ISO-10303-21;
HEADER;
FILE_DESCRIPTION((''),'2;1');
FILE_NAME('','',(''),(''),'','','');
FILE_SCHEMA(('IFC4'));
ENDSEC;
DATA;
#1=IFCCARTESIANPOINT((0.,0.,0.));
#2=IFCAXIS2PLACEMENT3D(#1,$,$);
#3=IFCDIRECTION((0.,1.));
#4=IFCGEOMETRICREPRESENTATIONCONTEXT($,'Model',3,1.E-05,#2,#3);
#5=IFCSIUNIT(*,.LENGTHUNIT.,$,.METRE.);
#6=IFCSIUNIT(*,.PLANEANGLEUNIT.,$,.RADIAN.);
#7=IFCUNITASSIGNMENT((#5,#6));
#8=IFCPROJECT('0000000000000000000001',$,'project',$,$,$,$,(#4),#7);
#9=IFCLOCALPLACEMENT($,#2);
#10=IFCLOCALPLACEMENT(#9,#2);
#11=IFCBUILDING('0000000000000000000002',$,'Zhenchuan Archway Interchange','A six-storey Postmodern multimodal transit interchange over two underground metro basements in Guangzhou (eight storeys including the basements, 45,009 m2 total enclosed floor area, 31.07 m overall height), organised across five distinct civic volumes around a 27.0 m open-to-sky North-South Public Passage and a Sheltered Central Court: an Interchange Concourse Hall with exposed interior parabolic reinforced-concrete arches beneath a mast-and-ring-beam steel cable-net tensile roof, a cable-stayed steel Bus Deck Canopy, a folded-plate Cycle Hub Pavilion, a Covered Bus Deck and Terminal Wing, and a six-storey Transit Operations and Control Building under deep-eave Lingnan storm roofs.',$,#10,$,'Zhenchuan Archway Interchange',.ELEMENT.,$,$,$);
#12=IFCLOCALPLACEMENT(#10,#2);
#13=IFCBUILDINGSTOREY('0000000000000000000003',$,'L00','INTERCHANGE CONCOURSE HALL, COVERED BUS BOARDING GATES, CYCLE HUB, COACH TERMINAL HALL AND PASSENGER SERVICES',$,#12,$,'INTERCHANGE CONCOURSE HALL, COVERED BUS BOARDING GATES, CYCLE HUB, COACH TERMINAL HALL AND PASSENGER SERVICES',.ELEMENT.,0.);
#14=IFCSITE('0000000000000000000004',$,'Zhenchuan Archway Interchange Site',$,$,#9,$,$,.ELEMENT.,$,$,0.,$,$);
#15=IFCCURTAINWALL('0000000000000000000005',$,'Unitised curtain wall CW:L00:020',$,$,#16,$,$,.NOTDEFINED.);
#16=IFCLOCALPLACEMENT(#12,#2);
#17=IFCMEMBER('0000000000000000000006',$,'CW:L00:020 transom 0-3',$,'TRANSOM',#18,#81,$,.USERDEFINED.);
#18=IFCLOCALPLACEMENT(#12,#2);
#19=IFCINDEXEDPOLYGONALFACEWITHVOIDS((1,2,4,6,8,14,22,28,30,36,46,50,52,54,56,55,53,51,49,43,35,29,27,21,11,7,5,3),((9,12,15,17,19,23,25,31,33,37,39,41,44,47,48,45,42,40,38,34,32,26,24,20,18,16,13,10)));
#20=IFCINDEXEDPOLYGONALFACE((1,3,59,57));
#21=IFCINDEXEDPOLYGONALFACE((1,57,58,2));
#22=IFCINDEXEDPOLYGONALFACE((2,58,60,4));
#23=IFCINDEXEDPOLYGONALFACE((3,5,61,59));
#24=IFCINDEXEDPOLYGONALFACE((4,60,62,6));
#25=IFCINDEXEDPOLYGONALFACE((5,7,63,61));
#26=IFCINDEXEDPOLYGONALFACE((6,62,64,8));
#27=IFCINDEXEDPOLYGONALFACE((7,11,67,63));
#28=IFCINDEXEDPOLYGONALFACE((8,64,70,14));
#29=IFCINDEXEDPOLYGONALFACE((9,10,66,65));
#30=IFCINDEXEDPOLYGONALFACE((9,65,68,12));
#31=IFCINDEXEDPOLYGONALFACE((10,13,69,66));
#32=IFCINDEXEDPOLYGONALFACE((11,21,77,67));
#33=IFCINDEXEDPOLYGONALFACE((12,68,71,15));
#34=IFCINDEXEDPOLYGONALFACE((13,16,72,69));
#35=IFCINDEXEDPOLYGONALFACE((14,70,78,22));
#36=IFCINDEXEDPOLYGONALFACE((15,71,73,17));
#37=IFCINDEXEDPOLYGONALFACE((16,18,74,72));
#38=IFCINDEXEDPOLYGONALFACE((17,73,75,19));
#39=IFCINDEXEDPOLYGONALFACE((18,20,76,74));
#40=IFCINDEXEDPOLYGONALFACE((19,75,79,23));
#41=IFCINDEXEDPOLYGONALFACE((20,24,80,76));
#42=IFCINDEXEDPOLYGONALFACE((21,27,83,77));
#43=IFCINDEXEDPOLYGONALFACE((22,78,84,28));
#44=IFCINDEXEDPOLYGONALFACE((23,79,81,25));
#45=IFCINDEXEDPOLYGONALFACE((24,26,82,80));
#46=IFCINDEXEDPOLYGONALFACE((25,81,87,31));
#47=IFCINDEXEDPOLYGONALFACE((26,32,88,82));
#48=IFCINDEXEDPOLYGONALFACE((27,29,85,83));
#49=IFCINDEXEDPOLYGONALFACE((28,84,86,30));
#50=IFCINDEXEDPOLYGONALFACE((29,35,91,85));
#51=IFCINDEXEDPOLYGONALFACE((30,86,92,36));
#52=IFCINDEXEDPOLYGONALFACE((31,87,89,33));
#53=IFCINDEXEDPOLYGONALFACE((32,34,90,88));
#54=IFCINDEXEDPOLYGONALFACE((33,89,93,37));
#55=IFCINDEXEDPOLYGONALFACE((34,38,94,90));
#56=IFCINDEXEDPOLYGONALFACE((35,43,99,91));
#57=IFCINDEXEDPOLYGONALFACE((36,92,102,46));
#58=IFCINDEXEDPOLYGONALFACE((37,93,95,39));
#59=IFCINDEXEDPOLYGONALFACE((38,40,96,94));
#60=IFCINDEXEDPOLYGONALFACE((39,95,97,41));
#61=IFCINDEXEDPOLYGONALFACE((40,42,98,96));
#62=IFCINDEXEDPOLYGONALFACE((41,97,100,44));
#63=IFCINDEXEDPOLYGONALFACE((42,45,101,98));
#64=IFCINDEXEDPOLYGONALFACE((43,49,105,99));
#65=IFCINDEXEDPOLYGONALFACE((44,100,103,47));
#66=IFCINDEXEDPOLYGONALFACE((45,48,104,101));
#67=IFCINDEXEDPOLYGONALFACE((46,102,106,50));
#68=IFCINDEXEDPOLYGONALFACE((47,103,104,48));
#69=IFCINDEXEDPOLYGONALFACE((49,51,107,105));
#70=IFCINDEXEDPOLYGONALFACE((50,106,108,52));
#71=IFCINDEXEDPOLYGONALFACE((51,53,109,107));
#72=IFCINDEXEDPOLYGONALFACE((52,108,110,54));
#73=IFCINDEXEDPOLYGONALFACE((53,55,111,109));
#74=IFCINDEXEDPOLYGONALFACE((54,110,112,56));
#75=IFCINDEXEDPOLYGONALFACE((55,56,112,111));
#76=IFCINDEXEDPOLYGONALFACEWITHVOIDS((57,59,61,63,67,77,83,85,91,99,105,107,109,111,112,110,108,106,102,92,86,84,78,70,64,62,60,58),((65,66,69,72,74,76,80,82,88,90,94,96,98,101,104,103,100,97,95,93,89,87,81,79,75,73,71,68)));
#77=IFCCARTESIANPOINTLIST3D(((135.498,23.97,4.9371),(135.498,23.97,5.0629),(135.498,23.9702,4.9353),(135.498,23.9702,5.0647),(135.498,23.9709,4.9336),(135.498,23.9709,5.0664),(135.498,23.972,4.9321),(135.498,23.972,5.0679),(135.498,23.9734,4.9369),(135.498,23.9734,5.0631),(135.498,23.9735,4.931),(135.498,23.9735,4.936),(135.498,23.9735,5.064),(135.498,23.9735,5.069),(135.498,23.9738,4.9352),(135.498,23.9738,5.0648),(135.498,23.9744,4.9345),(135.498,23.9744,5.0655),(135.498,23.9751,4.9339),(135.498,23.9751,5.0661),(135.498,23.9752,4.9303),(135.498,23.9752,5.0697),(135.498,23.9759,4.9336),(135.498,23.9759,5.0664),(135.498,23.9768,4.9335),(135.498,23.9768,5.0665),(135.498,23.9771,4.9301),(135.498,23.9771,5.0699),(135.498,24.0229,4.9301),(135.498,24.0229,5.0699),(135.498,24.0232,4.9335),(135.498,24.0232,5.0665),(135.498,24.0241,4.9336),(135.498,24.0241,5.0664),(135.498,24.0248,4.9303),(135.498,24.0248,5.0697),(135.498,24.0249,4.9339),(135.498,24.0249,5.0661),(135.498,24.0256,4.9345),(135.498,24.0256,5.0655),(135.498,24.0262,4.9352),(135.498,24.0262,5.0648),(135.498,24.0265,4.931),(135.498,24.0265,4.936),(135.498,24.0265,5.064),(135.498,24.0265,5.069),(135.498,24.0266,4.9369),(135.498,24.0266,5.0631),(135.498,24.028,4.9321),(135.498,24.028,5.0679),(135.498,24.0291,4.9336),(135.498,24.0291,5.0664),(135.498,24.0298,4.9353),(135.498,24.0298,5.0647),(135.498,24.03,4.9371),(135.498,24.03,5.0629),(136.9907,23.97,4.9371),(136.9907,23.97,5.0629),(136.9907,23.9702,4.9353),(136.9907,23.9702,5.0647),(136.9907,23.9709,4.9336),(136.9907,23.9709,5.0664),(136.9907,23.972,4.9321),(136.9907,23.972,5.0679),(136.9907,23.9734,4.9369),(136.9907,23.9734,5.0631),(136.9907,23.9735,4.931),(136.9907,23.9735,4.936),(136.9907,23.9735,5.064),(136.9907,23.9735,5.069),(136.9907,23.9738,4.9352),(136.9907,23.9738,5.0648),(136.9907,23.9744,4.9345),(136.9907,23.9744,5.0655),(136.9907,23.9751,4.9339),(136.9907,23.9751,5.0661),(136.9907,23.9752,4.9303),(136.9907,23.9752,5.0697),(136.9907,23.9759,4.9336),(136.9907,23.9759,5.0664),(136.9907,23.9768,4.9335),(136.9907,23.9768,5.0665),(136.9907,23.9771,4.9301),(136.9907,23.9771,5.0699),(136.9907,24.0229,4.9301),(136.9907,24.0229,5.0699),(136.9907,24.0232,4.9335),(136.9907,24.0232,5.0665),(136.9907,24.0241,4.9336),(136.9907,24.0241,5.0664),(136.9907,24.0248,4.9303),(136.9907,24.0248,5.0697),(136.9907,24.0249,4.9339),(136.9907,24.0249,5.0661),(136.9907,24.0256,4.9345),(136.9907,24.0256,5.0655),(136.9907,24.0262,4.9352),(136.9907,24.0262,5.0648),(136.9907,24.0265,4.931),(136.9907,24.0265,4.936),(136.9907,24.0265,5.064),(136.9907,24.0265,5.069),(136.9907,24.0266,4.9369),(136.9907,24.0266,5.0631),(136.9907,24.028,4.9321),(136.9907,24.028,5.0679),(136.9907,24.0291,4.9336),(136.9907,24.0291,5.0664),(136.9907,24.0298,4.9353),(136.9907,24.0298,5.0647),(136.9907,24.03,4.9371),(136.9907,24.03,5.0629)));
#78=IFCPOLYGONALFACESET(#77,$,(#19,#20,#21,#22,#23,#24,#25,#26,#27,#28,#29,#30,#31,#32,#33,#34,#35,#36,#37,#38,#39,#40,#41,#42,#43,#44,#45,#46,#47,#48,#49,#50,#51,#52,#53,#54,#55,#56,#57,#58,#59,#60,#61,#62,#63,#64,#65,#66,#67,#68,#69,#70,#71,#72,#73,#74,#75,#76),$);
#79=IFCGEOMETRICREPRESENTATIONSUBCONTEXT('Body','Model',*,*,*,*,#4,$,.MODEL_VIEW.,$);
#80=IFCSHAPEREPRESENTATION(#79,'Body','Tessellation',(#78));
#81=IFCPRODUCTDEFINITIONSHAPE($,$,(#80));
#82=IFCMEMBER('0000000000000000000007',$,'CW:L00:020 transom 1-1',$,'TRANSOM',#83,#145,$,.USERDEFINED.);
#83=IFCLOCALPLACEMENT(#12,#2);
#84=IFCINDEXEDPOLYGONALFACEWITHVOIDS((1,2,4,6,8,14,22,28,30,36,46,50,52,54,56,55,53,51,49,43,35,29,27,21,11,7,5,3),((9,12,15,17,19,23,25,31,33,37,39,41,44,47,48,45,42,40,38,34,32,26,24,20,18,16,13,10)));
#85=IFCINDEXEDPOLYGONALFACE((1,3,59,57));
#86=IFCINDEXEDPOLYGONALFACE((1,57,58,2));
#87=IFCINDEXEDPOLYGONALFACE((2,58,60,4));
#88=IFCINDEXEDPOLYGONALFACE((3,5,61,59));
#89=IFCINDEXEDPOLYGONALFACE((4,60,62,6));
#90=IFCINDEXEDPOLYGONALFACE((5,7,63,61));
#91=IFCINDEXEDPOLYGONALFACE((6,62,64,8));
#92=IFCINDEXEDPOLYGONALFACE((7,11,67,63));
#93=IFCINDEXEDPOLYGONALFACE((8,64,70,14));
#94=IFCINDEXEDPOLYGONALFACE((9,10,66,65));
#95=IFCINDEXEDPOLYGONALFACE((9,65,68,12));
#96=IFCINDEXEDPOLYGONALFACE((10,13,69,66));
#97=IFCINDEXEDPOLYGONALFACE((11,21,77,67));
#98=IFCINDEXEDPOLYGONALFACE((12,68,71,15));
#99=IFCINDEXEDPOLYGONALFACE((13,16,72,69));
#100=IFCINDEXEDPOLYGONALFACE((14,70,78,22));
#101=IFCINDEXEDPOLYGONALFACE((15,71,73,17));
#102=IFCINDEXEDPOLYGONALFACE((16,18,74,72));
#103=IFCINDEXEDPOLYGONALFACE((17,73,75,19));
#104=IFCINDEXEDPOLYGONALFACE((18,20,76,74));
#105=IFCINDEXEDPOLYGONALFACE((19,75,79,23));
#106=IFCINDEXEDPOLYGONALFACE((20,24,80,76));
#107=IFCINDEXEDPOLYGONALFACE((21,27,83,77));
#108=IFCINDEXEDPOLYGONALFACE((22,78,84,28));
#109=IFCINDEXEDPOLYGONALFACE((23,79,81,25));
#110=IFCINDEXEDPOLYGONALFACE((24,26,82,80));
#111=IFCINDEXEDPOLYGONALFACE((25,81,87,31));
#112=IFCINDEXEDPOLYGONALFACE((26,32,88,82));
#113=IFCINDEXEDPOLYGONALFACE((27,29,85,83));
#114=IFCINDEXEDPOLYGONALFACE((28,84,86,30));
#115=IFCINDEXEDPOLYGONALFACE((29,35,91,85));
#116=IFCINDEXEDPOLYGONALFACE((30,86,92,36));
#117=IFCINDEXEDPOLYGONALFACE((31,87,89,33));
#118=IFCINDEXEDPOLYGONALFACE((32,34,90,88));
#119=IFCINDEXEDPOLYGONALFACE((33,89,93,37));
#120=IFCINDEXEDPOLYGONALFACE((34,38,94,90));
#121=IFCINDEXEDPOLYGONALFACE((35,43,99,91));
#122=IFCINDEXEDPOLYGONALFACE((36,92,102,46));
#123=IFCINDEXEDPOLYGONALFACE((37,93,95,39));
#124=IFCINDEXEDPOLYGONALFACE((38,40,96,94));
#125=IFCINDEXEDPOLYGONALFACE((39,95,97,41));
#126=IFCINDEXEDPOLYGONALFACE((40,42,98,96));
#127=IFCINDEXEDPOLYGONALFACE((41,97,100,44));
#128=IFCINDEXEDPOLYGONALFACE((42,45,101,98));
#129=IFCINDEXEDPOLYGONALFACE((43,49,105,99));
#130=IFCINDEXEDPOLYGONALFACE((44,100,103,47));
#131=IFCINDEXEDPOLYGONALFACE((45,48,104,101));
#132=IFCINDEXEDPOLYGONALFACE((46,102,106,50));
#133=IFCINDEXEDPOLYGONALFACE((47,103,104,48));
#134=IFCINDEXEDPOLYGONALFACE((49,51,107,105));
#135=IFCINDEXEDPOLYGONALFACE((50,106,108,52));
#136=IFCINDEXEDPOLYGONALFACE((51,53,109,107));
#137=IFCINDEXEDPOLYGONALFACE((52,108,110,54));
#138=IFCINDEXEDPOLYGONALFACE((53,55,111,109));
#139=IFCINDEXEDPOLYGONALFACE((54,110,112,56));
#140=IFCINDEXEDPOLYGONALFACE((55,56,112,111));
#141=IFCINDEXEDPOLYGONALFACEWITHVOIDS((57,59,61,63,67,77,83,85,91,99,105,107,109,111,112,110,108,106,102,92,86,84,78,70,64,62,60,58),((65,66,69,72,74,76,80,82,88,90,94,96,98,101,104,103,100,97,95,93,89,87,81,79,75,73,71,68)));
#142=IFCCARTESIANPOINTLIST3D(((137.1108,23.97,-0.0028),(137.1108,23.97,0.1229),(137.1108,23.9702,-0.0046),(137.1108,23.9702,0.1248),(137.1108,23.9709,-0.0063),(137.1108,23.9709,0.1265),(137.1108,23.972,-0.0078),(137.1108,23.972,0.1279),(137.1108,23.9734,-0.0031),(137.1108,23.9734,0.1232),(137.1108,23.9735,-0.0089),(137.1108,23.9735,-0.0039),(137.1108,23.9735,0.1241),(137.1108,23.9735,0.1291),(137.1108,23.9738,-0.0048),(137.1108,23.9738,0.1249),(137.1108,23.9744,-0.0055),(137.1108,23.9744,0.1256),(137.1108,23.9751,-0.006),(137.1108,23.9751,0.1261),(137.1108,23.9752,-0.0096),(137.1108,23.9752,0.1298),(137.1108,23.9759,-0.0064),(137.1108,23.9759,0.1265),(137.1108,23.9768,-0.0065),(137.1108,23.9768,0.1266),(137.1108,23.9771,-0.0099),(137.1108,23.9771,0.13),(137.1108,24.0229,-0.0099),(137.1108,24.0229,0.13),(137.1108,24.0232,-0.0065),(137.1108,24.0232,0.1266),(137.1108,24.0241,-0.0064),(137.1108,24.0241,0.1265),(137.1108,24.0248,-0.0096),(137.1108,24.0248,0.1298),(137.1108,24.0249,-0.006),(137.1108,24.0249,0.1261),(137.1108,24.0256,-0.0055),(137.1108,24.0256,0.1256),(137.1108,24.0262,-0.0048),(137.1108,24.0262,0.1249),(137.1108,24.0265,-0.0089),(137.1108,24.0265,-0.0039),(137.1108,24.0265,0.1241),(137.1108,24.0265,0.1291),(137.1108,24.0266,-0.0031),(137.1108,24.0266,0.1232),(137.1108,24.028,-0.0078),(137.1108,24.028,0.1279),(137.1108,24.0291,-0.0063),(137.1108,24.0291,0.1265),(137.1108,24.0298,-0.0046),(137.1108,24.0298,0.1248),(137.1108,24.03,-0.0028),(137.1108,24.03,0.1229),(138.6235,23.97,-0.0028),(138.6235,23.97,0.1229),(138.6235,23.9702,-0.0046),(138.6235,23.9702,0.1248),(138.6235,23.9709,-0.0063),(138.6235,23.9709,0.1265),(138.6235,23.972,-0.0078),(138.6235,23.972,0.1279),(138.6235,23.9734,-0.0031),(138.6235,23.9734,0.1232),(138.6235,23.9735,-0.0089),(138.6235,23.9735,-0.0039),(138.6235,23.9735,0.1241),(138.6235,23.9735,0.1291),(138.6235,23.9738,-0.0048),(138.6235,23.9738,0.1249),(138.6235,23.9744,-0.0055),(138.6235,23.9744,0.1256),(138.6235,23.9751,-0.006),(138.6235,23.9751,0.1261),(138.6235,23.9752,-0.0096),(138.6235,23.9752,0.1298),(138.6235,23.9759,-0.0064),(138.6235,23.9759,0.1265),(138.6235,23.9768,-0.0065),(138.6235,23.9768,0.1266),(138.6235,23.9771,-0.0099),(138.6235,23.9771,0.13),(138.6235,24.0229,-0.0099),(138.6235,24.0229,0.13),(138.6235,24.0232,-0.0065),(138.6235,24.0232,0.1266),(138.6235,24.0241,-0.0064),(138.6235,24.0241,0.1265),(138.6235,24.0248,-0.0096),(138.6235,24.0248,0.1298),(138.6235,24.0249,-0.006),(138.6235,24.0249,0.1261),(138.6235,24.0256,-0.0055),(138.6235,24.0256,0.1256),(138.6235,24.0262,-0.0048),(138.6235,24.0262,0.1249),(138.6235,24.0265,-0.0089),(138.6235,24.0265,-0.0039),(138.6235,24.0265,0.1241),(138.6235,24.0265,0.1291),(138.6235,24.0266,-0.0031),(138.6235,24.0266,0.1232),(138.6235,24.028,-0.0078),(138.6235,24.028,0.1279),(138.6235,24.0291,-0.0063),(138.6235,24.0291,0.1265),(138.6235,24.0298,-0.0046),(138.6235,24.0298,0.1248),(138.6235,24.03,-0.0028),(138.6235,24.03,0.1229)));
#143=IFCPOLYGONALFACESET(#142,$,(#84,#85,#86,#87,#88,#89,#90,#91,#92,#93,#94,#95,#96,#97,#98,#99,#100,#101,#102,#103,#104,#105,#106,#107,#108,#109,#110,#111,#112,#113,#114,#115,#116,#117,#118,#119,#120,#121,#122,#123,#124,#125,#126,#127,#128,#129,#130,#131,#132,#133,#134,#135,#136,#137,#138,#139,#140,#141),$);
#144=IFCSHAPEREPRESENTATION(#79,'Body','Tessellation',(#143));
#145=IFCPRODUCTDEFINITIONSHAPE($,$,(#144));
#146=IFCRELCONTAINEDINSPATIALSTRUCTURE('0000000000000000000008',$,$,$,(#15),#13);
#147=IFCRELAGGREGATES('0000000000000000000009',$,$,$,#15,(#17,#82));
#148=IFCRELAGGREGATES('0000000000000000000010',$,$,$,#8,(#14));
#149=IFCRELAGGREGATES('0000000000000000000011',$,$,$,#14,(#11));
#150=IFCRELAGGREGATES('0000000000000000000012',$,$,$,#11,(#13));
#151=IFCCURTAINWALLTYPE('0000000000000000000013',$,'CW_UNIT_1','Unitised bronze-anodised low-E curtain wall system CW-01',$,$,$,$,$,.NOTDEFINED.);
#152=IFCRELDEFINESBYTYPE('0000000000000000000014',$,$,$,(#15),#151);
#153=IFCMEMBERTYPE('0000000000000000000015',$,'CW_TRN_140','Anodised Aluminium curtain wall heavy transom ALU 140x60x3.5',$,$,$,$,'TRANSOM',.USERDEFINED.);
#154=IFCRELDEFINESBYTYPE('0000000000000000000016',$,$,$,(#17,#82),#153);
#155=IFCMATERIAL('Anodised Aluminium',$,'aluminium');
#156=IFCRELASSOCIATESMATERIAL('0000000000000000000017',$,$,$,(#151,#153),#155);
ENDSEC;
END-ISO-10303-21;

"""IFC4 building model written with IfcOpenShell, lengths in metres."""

from ifc_helpers import new_model, si_unit, direction, frame, origin, origin_2d, place, context, subcontext, project, spatial, hollow_rectangle, extrude, material, material_profile, profile_set, type_object, element, aggregate, save


model = new_model("IFC4")

# Units and contexts
model_context = context("Model", 3, precision=1e-05, world=origin(), true_north=direction((0.0, 1.0)))
body_context = subcontext(model_context, "Body", "Model", "MODEL_VIEW")
ifc_project = project(units=[si_unit("LENGTHUNIT", "METRE"), si_unit("PLANEANGLEUNIT", "RADIAN")], contexts=[model_context])

# Site, building, storey
site_placement = place(None, origin())
site = spatial("IfcSite", under=ifc_project, at=site_placement, Name="Zhenchuan Archway Interchange Site", CompositionType="ELEMENT", RefElevation=0.0)
building_placement = place(site_placement, origin())
building = spatial("IfcBuilding", under=site, at=building_placement, Name="Zhenchuan Archway Interchange", Description="A six-storey Postmodern multimodal transit interchange over two underground metro basements in Guangzhou (eight storeys including the basements, 45,009 m2 total enclosed floor area, 31.07 m overall height), organised across five distinct civic volumes around a 27.0 m open-to-sky North-South Public Passage and a Sheltered Central Court: an Interchange Concourse Hall with exposed interior parabolic reinforced-concrete arches beneath a mast-and-ring-beam steel cable-net tensile roof, a cable-stayed steel Bus Deck Canopy, a folded-plate Cycle Hub Pavilion, a Covered Bus Deck and Terminal Wing, and a six-storey Transit Operations and Control Building under deep-eave Lingnan storm roofs.", LongName="Zhenchuan Archway Interchange", CompositionType="ELEMENT")
storey_placement = place(building_placement, origin())
storey = spatial("IfcBuildingStorey", under=building, at=storey_placement, Name="L00", Description="INTERCHANGE CONCOURSE HALL, COVERED BUS BOARDING GATES, CYCLE HUB, COACH TERMINAL HALL AND PASSENGER SERVICES", LongName="INTERCHANGE CONCOURSE HALL, COVERED BUS BOARDING GATES, CYCLE HUB, COACH TERMINAL HALL AND PASSENGER SERVICES", CompositionType="ELEMENT", Elevation=0.0)

# Curtain wall, members
ifc_material_1 = material(Name="Anodised Aluminium", Category="aluminium")
curtain_wall_type = type_object("IfcCurtainWallType", Name="CW_UNIT_1", Description="Unitised bronze-anodised low-E curtain wall system CW-01", PredefinedType="NOTDEFINED", material=ifc_material_1)
curtain_wall_placement = place(storey_placement, origin())
curtain_wall = element("IfcCurtainWall", 1, at=curtain_wall_placement, inside=storey, type_object=curtain_wall_type, Name="Unitised curtain wall CW:L00:020", PredefinedType="NOTDEFINED")
ifc_material_profile_1 = material_profile(ifc_material_1, hollow_rectangle(XDim=0.0601, YDim=0.1399, WallThickness=0.0034, InnerFilletRadius=0.0034, OuterFilletRadius=0.0071, at=origin_2d()), Name="ALU 140x60x3.5")
ifc_profile_set_1 = profile_set([ifc_material_profile_1], Name="Anodised Aluminium")
member_type_1 = type_object("IfcMemberType", Name="CW_TRN_140", Description="Anodised Aluminium curtain wall heavy transom ALU 140x60x3.5", ElementType="TRANSOM", PredefinedType="USERDEFINED", material=ifc_profile_set_1)
member_1_placement = place(storey_placement, frame((135.498, 24.0, 5.0), z_axis=(1.0, 0.0, 0.0), x_axis=(0.0, 1.0, 0.0)))
member_1 = element("IfcMember", 2, at=member_1_placement, type_object=member_type_1, Name="CW:L00:020 transom 0-3", ObjectType="TRANSOM", PredefinedType="USERDEFINED", context=body_context, shape_type="SweptSolid", body=[
    extrude(hollow_rectangle(XDim=0.0601, YDim=0.1399, WallThickness=0.0034, InnerFilletRadius=0.0034, OuterFilletRadius=0.0071, at=origin_2d()), origin(), (0.0, 0.0, 1.0), 1.4927),
])
member_2_placement = place(storey_placement, frame((137.1108, 24.0, 0.0601), z_axis=(1.0, 0.0, 0.0), x_axis=(0.0, 1.0, 0.0)))
member_2 = element("IfcMember", 3, at=member_2_placement, type_object=member_type_1, Name="CW:L00:020 transom 1-1", ObjectType="TRANSOM", PredefinedType="USERDEFINED", context=body_context, shape_type="SweptSolid", body=[
    extrude(hollow_rectangle(XDim=0.0601, YDim=0.1399, WallThickness=0.0034, InnerFilletRadius=0.0034, OuterFilletRadius=0.0071, at=origin_2d()), origin(), (0.0, 0.0, 1.0), 1.5127),
])
aggregate(curtain_wall, [member_1, member_2])

save(model, "model.ifc")
